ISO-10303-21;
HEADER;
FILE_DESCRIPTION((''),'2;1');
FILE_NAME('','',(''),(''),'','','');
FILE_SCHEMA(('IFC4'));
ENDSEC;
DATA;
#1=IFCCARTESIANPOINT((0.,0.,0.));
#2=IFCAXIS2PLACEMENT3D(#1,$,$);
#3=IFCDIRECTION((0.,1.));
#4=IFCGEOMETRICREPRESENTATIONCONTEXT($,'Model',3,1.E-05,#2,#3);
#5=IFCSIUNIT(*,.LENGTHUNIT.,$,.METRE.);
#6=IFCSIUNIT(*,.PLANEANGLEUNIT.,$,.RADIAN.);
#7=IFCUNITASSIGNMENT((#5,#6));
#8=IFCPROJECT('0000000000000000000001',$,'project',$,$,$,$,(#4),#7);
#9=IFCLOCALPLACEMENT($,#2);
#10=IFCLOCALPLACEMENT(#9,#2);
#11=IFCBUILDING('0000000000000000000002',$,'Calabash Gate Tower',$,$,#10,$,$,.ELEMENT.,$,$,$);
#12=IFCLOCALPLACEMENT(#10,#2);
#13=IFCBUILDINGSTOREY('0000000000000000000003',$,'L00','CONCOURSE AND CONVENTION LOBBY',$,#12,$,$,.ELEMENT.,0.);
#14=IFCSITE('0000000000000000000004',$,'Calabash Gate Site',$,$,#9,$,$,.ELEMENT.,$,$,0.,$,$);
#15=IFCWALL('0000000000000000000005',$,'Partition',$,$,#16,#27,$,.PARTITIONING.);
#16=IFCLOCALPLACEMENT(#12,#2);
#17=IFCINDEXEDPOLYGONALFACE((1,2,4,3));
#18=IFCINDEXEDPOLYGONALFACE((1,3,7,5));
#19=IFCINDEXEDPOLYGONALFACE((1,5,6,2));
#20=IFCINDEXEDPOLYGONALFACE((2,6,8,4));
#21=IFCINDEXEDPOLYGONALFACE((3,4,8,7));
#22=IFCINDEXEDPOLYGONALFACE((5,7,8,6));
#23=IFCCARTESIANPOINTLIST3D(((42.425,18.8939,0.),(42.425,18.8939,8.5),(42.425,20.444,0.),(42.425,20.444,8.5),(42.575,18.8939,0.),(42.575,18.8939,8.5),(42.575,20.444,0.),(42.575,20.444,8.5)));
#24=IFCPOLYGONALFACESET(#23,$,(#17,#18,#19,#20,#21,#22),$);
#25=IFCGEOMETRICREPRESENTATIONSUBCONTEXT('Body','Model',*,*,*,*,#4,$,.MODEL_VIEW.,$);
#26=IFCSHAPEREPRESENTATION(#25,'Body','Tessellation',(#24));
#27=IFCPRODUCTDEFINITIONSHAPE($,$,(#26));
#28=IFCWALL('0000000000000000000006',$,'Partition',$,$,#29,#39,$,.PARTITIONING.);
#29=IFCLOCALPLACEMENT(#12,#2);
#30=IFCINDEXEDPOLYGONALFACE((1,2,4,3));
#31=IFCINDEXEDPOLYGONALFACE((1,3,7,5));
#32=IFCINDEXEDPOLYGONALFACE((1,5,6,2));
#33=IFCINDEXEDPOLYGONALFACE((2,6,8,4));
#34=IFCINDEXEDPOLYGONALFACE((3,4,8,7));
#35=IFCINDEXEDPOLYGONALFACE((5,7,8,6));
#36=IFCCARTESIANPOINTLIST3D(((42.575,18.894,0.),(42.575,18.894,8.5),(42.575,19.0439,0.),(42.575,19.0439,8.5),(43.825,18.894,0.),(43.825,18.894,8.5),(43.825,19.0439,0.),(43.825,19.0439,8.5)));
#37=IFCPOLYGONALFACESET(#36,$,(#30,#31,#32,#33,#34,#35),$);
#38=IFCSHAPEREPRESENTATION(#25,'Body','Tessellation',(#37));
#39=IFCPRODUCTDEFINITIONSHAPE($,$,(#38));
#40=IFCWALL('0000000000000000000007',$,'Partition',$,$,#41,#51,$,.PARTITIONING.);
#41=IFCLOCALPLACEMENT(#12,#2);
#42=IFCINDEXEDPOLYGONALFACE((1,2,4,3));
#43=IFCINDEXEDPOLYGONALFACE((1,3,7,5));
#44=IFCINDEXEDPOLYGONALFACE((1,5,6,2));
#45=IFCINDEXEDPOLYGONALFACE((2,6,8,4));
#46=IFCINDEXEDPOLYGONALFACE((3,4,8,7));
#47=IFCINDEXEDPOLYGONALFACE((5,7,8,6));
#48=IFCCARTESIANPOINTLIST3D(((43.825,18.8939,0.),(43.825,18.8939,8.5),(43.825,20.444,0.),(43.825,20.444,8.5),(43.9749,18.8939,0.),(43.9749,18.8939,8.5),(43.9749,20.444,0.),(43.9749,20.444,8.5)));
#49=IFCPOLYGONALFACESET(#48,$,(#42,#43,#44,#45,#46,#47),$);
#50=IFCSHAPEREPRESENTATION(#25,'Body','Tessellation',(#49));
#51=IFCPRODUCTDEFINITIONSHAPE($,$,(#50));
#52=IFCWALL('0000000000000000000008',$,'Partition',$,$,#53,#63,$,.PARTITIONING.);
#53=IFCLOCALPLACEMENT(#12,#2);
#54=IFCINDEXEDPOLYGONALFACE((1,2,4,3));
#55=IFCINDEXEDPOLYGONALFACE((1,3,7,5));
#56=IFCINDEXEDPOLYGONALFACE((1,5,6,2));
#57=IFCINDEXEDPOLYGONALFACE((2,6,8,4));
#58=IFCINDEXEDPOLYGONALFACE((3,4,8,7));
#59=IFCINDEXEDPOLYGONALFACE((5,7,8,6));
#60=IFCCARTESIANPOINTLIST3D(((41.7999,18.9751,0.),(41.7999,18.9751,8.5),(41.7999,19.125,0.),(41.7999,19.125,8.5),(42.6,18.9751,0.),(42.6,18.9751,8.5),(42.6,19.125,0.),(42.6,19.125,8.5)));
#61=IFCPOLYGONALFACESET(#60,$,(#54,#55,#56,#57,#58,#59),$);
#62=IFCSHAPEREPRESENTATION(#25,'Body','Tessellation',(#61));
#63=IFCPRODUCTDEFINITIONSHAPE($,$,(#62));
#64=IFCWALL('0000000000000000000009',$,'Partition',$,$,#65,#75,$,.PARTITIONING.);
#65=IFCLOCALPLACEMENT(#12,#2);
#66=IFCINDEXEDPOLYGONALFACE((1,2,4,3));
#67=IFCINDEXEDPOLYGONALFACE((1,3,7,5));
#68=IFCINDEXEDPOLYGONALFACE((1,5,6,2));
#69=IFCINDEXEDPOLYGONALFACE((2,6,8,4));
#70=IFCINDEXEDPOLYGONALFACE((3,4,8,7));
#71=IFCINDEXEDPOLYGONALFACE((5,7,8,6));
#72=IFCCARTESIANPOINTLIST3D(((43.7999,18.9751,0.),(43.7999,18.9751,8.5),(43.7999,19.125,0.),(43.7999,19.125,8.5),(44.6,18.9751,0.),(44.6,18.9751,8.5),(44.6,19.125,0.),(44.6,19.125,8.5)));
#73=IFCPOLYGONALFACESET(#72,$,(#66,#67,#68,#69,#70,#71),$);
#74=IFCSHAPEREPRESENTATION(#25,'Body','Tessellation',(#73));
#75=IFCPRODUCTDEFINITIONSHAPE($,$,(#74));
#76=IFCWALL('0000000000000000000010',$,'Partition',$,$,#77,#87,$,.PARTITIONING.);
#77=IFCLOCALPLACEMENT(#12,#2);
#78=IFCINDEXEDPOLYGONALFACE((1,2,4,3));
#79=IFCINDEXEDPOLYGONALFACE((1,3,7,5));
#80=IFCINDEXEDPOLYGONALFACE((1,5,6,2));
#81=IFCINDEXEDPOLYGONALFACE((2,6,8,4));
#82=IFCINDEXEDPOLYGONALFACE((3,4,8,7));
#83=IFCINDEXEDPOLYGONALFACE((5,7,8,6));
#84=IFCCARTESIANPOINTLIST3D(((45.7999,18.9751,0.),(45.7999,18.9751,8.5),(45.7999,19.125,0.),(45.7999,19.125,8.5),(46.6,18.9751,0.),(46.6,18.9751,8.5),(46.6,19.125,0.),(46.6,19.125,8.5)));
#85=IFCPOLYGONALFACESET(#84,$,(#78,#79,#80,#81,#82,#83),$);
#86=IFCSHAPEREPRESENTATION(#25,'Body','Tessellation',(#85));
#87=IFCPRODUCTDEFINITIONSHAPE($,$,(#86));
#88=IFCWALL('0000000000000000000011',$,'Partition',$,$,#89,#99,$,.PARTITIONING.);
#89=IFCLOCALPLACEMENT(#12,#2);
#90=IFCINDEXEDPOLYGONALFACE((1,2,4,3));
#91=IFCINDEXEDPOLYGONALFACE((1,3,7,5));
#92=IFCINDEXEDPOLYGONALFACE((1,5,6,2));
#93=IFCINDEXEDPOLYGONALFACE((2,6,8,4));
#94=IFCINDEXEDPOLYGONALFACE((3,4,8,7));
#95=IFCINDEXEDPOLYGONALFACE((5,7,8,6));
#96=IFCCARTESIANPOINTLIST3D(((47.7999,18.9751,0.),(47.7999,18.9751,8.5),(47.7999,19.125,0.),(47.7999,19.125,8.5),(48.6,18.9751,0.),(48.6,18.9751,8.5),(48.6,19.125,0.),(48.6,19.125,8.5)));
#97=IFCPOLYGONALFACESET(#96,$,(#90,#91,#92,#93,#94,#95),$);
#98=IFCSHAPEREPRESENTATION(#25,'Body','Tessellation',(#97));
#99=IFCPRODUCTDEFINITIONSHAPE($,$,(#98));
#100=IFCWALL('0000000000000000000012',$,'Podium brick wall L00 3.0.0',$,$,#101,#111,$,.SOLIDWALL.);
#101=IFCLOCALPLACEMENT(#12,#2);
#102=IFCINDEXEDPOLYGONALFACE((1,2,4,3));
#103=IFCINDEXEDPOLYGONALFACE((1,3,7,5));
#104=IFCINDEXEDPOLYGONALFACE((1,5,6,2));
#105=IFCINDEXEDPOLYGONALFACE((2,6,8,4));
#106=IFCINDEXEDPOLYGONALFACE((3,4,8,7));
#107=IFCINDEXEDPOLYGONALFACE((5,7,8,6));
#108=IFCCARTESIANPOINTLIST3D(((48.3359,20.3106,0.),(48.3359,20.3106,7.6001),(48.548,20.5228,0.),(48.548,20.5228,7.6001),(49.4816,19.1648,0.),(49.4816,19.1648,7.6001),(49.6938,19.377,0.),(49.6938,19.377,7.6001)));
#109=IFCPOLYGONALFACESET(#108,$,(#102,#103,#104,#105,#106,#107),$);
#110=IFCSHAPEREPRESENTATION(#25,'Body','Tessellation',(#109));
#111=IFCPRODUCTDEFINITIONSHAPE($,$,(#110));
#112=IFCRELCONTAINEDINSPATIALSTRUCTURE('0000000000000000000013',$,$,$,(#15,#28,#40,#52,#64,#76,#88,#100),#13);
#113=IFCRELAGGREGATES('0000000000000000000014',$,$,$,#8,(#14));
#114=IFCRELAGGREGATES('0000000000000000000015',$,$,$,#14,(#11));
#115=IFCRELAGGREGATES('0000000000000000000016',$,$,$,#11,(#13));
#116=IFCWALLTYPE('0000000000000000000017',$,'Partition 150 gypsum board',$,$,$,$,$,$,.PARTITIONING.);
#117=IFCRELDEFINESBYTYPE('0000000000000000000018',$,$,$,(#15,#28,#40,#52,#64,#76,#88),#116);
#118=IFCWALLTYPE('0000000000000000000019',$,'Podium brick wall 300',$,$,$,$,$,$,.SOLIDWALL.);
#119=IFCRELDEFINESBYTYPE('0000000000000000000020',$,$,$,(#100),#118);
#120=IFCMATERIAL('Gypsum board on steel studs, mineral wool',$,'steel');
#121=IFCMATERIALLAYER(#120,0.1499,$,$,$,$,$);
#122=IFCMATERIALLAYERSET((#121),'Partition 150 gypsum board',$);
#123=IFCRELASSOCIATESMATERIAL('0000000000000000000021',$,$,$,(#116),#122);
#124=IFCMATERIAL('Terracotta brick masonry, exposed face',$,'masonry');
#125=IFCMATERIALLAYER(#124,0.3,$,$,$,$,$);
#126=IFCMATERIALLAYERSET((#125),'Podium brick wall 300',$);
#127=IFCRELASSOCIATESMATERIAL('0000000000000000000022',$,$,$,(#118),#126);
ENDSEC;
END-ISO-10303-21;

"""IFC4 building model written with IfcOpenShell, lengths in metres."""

from ifc_helpers import new_model, si_unit, direction, frame, frame_2d, origin, place, context, subcontext, project, spatial, rectangle, extrude, material, layer, layer_set, type_object, element, save


model = new_model("IFC4")

# Units and contexts
model_context = context("Model", 3, precision=1e-05, world=origin(), true_north=direction((0.0, 1.0)))
body_context = subcontext(model_context, "Body", "Model", "MODEL_VIEW")
ifc_project = project(units=[si_unit("LENGTHUNIT", "METRE"), si_unit("PLANEANGLEUNIT", "RADIAN")], contexts=[model_context])

# Site, building, storey
site_placement = place(None, origin())
site = spatial("IfcSite", under=ifc_project, at=site_placement, Name="Calabash Gate Site", CompositionType="ELEMENT", RefElevation=0.0)
building_placement = place(site_placement, origin())
building = spatial("IfcBuilding", under=site, at=building_placement, Name="Calabash Gate Tower", CompositionType="ELEMENT")
storey_placement = place(building_placement, origin())
storey = spatial("IfcBuildingStorey", under=building, at=storey_placement, Name="L00", Description="CONCOURSE AND CONVENTION LOBBY", CompositionType="ELEMENT", Elevation=0.0)

# Walls
ifc_material_1 = material(Name="Gypsum board on steel studs, mineral wool", Category="steel")
ifc_layer_1 = layer(ifc_material_1, 0.1499)
ifc_layer_set_1 = layer_set([ifc_layer_1], Name="Partition 150 gypsum board")
wall_type_1 = type_object("IfcWallType", Name="Partition 150 gypsum board", PredefinedType="PARTITIONING", material=ifc_layer_set_1)
for number, where, z_axis, x_axis, name in (
    (1, (42.5, 18.894, 0.0), (0.0, 0.0, 1.0), (0.0, 1.0, 0.0), "Partition"),
):
    element("IfcWall", number, at=place(storey_placement, frame(where, z_axis=z_axis, x_axis=x_axis)), inside=storey, type_object=wall_type_1, Name=name, PredefinedType="PARTITIONING", context=body_context, shape_type="SweptSolid", body=[
        extrude(rectangle(XDim=1.55, YDim=0.1499, at=frame_2d((0.7749, 0.0))), origin(), (0.0, 0.0, 1.0), 8.5),
    ])
wall_1_placement = place(storey_placement, frame((42.575, 18.969, 0.0), z_axis=(0.0, 0.0, 1.0), x_axis=(1.0, 0.0, 0.0)))
element("IfcWall", 2, at=wall_1_placement, inside=storey, type_object=wall_type_1, Name="Partition", PredefinedType="PARTITIONING", context=body_context, shape_type="SweptSolid", body=[
    extrude(rectangle(XDim=1.25, YDim=0.1499, at=frame_2d((0.625, 0.0))), origin(), (0.0, 0.0, 1.0), 8.5),
])
wall_2_placement = place(storey_placement, frame((43.8999, 18.894, 0.0), z_axis=(0.0, 0.0, 1.0), x_axis=(0.0, 1.0, 0.0)))
element("IfcWall", 3, at=wall_2_placement, inside=storey, type_object=wall_type_1, Name="Partition", PredefinedType="PARTITIONING", context=body_context, shape_type="SweptSolid", body=[
    extrude(rectangle(XDim=1.55, YDim=0.1499, at=frame_2d((0.7749, 0.0))), origin(), (0.0, 0.0, 1.0), 8.5),
])
for number, where, z_axis, x_axis, name in (
    (4, (41.8, 19.05, 0.0), (0.0, 0.0, 1.0), (1.0, 0.0, 0.0), "Partition"),
    (5, (43.8, 19.05, 0.0), (0.0, 0.0, 1.0), (1.0, 0.0, 0.0), "Partition"),
    (6, (45.8, 19.05, 0.0), (0.0, 0.0, 1.0), (1.0, 0.0, 0.0), "Partition"),
    (7, (47.8, 19.05, 0.0), (0.0, 0.0, 1.0), (1.0, 0.0, 0.0), "Partition"),
):
    element("IfcWall", number, at=place(storey_placement, frame(where, z_axis=z_axis, x_axis=x_axis)), inside=storey, type_object=wall_type_1, Name=name, PredefinedType="PARTITIONING", context=body_context, shape_type="SweptSolid", body=[
        extrude(rectangle(XDim=0.8, YDim=0.1499, at=frame_2d((0.3999, 0.0))), origin(), (0.0, 0.0, 1.0), 8.5),
    ])
ifc_material_2 = material(Name="Terracotta brick masonry, exposed face", Category="masonry")
ifc_layer_2 = layer(ifc_material_2, 0.3)
ifc_layer_set_2 = layer_set([ifc_layer_2], Name="Podium brick wall 300")
wall_type_2 = type_object("IfcWallType", Name="Podium brick wall 300", PredefinedType="SOLIDWALL", material=ifc_layer_set_2)
wall_3_placement = place(storey_placement, frame((49.5876, 19.271, 0.0), z_axis=(0.0, 0.0, 1.0), x_axis=(-0.707107, 0.707107, 0.0)))
element("IfcWall", 8, at=wall_3_placement, inside=storey, type_object=wall_type_2, Name="Podium brick wall L00 3.0.0", PredefinedType="SOLIDWALL", context=body_context, shape_type="SweptSolid", body=[
    extrude(rectangle(XDim=1.6204, YDim=0.3, at=frame_2d((0.8101, 0.0))), origin(), (0.0, 0.0, 1.0), 7.6001),
])

save(model, "model.ifc")
